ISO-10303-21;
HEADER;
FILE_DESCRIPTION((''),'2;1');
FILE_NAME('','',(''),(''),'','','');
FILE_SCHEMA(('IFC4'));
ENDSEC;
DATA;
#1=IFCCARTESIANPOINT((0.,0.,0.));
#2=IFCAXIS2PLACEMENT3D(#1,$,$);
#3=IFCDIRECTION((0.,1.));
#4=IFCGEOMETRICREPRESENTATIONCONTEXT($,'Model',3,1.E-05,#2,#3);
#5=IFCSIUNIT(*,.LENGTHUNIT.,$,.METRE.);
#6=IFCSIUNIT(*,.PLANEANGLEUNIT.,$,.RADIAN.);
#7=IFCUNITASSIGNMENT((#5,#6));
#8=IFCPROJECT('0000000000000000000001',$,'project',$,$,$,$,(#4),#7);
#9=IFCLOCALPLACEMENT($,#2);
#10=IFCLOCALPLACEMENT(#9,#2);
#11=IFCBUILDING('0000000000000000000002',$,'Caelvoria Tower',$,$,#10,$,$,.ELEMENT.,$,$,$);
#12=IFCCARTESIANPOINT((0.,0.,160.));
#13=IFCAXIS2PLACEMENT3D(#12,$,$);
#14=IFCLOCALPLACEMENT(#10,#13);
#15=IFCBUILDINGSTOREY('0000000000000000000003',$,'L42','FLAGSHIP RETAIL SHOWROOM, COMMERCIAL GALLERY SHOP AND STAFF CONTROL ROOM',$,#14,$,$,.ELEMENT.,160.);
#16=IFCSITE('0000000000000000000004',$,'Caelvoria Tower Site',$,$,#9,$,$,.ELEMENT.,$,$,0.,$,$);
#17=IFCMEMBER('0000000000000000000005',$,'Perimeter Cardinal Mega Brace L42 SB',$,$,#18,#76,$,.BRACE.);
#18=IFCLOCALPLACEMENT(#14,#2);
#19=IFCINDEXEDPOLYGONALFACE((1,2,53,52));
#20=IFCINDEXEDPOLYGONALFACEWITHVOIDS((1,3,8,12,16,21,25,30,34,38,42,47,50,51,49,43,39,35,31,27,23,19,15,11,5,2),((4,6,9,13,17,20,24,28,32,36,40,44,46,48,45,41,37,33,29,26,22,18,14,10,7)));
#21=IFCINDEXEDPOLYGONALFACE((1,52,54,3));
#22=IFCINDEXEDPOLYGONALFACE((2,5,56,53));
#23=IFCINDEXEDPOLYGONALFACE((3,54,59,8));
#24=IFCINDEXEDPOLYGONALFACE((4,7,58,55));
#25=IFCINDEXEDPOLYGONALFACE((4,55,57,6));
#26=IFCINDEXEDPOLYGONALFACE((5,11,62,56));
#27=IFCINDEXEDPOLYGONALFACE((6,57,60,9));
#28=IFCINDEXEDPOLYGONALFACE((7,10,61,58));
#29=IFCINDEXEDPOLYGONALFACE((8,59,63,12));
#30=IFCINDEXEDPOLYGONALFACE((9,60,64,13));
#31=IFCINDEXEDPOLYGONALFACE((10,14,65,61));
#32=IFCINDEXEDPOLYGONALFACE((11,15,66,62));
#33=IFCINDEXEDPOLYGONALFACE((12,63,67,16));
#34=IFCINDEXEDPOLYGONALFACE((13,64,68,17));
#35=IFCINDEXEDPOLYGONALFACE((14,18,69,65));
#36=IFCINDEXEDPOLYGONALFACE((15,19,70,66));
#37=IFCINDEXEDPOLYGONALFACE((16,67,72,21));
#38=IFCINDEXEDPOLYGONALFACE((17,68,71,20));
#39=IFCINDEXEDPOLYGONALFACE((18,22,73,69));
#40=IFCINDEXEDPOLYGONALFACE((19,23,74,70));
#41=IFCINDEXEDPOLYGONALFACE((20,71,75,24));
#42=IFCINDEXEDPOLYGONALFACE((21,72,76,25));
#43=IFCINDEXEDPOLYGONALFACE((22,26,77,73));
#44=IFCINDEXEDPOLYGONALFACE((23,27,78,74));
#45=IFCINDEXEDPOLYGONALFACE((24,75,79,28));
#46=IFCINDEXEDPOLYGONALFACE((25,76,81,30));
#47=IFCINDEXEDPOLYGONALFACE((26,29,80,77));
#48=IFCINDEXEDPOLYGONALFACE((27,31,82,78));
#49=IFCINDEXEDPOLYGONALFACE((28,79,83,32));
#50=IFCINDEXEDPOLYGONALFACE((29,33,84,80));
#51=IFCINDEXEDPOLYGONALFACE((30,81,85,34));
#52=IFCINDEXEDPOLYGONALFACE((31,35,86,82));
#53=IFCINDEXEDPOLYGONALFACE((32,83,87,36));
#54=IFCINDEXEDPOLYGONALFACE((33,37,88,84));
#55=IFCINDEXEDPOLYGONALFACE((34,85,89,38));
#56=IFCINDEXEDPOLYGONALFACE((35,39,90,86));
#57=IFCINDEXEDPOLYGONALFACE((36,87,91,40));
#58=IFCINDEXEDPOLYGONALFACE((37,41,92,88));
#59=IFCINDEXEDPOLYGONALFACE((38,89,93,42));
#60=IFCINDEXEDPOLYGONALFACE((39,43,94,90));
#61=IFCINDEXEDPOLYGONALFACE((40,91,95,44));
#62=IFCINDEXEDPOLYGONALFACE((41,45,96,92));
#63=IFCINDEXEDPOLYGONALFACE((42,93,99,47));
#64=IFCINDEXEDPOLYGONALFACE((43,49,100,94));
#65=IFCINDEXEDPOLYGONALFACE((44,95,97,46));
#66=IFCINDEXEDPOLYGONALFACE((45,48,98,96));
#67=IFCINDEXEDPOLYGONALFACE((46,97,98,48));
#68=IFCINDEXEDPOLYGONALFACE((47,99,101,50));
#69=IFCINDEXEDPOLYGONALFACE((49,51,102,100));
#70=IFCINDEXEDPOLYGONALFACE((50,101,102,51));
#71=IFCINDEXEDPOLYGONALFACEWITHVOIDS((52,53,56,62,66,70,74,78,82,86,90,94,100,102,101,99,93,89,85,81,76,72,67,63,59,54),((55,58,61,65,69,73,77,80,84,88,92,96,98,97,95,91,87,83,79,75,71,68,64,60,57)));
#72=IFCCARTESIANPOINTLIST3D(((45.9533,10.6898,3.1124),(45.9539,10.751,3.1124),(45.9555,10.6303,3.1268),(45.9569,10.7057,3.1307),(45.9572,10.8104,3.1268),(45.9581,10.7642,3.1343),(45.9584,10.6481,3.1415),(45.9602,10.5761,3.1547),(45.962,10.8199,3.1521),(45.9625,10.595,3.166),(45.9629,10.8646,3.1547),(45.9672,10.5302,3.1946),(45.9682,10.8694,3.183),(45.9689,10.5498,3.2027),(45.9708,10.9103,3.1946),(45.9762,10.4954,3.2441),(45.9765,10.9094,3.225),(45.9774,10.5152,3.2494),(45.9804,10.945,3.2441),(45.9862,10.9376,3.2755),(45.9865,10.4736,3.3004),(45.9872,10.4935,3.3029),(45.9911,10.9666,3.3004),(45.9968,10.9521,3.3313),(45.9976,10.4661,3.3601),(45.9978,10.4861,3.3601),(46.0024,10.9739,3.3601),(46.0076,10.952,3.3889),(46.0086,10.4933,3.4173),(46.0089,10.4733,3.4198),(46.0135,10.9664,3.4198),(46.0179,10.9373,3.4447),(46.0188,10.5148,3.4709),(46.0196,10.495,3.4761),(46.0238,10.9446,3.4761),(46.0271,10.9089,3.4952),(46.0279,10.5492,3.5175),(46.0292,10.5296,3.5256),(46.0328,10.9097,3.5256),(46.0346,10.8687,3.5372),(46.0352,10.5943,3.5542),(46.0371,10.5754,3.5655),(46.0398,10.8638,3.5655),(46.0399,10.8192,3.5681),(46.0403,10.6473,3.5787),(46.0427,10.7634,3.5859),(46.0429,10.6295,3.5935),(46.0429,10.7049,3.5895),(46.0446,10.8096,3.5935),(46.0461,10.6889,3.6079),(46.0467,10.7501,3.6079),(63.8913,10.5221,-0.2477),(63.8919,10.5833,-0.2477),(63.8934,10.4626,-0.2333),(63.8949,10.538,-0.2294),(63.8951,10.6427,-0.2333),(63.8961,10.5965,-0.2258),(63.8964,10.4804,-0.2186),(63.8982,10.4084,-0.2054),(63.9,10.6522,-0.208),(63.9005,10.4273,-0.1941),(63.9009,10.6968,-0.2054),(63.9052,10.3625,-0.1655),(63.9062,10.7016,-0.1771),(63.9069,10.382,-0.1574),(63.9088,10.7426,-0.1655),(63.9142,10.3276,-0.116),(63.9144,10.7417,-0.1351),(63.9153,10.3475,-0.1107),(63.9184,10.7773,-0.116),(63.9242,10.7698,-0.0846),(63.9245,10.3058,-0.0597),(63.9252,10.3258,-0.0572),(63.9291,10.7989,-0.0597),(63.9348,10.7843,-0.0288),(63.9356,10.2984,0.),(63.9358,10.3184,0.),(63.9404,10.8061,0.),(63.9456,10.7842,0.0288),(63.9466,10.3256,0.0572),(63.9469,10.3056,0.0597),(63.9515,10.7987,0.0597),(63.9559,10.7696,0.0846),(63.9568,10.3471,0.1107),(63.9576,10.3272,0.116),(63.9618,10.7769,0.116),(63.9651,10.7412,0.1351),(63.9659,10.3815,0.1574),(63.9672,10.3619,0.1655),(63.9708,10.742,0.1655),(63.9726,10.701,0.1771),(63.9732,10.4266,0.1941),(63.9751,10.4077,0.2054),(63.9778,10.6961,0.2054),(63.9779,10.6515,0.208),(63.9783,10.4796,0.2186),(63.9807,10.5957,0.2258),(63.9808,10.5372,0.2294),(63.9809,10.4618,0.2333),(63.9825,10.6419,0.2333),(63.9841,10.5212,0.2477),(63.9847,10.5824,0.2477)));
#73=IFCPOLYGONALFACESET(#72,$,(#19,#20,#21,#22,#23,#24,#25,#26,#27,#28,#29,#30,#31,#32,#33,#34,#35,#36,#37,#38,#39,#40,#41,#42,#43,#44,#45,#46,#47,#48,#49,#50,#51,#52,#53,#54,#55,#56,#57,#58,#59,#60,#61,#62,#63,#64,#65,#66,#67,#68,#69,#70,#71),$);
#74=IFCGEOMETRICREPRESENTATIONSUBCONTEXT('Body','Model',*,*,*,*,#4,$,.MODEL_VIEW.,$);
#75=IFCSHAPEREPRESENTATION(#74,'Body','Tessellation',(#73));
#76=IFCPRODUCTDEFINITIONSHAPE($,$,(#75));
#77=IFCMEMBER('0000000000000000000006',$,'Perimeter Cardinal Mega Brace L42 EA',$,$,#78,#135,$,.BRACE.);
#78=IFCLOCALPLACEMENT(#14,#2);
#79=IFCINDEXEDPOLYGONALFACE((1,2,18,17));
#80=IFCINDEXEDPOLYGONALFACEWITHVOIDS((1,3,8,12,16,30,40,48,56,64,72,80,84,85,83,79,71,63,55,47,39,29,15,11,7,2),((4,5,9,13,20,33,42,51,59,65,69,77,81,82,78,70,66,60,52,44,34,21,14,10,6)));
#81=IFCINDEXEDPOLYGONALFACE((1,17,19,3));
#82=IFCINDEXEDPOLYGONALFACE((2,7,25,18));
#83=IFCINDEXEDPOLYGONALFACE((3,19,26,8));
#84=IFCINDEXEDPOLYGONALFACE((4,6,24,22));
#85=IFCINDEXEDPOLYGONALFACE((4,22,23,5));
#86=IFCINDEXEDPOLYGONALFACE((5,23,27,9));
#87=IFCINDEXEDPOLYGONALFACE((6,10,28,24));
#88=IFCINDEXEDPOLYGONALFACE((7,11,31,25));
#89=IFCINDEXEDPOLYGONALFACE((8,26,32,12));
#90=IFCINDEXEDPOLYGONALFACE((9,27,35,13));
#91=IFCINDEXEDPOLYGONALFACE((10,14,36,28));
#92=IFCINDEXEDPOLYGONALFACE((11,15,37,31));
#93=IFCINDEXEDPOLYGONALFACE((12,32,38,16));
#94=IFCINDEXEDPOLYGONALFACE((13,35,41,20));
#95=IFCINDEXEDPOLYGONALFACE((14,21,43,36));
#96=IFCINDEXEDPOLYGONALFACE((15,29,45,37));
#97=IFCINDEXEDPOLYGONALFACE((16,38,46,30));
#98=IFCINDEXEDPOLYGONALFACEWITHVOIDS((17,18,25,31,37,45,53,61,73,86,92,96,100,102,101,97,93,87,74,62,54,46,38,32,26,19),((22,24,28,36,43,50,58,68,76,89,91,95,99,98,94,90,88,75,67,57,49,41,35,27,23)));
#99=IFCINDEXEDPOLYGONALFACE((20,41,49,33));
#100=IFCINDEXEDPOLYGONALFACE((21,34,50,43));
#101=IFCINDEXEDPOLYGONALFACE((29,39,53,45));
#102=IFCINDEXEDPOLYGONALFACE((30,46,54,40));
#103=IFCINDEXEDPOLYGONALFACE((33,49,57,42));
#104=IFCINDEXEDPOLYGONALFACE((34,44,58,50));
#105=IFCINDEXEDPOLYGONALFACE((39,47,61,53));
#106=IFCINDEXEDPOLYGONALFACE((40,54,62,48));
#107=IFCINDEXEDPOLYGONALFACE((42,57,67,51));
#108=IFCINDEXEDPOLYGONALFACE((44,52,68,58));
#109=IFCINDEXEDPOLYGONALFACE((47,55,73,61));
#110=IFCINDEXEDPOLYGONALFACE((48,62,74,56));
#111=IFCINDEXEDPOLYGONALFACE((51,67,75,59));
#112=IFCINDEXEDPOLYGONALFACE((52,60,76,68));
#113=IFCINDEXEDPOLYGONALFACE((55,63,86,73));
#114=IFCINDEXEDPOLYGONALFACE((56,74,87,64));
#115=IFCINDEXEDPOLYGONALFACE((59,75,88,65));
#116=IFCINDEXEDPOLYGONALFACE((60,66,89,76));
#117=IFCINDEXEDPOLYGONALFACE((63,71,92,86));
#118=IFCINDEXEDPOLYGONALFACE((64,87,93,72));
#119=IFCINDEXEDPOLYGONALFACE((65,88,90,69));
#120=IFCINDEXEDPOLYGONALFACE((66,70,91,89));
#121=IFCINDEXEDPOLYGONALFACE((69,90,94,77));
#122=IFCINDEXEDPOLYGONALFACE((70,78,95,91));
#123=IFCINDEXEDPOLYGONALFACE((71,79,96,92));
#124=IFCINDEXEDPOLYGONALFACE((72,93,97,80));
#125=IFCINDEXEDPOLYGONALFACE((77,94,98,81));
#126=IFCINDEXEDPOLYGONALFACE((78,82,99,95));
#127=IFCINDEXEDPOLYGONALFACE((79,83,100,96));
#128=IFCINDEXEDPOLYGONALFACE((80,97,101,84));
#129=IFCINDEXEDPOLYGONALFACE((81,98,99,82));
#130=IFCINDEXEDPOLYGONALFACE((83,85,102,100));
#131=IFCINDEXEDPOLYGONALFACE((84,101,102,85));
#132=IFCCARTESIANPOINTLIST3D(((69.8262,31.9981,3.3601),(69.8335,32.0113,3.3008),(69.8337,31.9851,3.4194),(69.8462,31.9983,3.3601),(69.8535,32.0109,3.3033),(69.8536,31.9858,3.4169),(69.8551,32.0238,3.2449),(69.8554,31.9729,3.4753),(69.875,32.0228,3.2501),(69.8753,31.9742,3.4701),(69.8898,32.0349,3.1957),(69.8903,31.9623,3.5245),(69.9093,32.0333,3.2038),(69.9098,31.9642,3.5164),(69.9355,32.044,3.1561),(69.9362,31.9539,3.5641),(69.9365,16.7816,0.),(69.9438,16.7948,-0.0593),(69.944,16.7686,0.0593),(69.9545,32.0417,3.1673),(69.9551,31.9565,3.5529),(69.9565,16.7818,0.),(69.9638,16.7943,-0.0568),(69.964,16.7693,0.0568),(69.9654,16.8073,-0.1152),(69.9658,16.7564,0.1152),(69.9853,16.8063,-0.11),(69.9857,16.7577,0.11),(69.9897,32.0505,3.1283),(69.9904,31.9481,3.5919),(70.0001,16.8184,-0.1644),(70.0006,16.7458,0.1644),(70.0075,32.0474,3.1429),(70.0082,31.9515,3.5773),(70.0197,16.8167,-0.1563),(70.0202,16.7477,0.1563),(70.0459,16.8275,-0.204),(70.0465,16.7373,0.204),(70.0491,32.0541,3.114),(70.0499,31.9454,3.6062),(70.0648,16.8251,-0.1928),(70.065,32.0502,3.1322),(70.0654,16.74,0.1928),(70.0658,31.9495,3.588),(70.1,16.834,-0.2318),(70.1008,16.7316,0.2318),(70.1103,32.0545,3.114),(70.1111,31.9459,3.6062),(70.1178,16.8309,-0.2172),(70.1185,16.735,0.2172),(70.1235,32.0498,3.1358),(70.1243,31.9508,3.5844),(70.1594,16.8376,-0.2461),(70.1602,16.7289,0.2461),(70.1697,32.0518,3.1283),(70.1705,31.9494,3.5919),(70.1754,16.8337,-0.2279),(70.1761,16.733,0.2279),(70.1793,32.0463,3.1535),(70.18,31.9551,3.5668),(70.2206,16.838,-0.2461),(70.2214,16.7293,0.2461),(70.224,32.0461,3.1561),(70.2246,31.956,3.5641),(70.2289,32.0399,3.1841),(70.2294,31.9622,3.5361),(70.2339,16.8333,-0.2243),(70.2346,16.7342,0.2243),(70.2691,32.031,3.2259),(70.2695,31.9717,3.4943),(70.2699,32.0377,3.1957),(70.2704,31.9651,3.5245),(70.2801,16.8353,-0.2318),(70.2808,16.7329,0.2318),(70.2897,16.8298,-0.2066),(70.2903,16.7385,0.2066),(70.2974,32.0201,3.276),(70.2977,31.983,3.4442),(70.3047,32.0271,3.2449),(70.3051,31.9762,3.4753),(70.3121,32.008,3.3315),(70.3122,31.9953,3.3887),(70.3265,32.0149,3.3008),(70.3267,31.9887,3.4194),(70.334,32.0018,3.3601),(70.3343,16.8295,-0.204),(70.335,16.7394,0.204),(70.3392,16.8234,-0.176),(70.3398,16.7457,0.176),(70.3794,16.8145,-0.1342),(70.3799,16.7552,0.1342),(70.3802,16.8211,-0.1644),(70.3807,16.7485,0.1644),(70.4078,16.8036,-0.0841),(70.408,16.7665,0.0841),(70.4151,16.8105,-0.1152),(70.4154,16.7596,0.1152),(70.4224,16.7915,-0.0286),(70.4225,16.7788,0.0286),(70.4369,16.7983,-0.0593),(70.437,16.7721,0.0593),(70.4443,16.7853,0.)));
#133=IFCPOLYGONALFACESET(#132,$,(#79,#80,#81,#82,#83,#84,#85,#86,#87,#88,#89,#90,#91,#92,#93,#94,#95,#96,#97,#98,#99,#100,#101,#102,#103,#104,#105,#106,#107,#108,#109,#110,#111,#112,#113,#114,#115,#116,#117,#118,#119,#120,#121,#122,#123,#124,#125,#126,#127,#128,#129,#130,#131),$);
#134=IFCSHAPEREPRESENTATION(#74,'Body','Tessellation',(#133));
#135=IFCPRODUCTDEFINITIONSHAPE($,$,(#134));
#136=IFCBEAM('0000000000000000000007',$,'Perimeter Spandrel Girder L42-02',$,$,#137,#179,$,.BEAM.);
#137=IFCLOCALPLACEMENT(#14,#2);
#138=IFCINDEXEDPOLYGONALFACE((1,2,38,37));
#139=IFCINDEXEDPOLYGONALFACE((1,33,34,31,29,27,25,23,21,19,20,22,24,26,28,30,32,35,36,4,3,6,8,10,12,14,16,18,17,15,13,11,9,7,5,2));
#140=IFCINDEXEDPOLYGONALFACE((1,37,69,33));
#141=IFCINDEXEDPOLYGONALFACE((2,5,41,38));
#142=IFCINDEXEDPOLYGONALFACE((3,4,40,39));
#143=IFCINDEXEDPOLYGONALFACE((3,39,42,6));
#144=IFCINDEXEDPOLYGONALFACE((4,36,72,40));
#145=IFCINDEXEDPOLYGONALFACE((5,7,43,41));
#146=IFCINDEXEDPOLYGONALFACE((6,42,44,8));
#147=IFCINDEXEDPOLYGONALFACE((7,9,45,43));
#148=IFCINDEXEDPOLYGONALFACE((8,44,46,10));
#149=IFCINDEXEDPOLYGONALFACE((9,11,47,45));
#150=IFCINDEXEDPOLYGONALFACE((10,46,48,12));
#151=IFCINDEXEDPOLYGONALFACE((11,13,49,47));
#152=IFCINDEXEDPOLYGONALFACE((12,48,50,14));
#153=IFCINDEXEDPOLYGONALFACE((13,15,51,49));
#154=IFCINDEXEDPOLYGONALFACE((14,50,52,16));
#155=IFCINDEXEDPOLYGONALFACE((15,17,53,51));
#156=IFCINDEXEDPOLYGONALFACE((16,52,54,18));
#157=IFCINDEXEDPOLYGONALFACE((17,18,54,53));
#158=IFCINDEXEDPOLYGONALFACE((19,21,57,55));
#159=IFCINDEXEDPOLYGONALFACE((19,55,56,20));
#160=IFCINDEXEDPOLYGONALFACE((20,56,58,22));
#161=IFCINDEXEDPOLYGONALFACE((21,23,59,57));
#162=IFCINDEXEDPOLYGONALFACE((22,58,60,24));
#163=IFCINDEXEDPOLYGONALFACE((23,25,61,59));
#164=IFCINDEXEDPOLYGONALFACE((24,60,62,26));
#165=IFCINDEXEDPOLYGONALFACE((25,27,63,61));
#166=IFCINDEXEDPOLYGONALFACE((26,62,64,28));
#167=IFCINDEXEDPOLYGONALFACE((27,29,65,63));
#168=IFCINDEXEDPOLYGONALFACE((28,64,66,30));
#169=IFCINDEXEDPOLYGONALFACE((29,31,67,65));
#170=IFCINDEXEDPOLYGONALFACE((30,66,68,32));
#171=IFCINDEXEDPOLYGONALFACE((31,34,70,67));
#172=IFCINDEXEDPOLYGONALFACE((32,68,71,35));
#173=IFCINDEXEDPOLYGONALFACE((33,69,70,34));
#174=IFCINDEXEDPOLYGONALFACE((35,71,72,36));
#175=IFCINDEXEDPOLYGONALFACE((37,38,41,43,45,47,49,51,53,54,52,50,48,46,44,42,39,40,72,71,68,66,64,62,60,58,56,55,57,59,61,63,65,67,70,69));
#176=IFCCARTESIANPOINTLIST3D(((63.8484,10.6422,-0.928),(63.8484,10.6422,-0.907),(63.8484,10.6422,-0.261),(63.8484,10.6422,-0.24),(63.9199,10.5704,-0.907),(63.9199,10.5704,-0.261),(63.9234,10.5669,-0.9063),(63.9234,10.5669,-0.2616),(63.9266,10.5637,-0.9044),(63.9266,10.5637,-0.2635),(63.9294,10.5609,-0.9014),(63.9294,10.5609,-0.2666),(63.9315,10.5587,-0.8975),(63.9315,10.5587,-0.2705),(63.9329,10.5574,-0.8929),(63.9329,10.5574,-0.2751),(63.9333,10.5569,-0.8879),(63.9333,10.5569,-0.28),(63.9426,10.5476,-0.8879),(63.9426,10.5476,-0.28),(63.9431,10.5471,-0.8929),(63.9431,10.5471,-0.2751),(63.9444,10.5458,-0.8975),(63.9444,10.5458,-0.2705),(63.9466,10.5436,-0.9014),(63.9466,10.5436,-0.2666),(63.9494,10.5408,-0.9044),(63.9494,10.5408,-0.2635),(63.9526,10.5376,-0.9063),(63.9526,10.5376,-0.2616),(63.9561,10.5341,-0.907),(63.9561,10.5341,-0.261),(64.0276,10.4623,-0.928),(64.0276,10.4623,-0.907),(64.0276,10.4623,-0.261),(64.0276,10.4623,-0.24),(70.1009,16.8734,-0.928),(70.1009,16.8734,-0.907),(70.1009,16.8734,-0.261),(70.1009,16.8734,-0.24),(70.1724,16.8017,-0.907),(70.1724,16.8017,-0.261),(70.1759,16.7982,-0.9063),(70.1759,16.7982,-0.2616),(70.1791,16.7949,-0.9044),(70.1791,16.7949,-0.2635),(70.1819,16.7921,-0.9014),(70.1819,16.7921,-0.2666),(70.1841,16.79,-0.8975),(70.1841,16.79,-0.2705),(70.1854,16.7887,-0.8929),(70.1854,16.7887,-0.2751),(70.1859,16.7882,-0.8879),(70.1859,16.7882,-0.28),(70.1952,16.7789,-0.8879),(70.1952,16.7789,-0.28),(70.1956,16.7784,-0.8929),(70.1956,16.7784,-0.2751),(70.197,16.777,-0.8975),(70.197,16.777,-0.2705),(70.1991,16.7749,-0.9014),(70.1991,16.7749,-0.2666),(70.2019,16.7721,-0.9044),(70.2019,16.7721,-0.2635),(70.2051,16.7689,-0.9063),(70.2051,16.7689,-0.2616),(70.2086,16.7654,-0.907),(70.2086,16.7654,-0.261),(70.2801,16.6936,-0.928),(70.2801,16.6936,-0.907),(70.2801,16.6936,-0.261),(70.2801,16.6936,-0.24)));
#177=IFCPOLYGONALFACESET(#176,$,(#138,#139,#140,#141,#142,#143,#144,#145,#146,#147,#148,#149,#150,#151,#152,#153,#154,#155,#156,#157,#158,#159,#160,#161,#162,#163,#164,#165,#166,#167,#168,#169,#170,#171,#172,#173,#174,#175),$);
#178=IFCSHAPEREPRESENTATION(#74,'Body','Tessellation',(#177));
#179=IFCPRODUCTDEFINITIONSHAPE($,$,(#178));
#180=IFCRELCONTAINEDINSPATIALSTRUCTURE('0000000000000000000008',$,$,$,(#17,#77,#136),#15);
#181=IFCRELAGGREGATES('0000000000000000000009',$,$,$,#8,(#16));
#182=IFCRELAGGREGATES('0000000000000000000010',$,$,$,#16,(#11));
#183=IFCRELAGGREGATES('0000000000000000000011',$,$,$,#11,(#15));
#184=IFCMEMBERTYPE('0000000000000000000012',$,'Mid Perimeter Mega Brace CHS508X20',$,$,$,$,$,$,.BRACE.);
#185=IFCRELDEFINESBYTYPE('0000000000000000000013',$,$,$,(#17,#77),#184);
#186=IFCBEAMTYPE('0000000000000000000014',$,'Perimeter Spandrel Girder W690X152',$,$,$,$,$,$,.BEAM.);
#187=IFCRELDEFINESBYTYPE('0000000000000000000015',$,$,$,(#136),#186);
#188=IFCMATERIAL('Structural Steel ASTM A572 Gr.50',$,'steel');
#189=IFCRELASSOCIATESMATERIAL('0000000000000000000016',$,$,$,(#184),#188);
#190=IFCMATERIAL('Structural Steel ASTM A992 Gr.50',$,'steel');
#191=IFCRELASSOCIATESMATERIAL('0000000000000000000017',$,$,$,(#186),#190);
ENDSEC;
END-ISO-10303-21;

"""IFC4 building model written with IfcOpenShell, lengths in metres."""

from ifc_helpers import new_model, si_unit, direction, frame, origin, origin_2d, place, context, subcontext, project, spatial, hollow_circle, i_section, extrude, material, material_profile, profile_set, type_object, element, save


model = new_model("IFC4")

# Units and contexts
model_context = context("Model", 3, precision=1e-05, world=origin(), true_north=direction((0.0, 1.0)))
body_context = subcontext(model_context, "Body", "Model", "MODEL_VIEW")
ifc_project = project(units=[si_unit("LENGTHUNIT", "METRE"), si_unit("PLANEANGLEUNIT", "RADIAN")], contexts=[model_context])

# Site, building, storey
site_placement = place(None, origin())
site = spatial("IfcSite", under=ifc_project, at=site_placement, Name="Caelvoria Tower Site", CompositionType="ELEMENT", RefElevation=0.0)
building_placement = place(site_placement, origin())
building = spatial("IfcBuilding", under=site, at=building_placement, Name="Caelvoria Tower", CompositionType="ELEMENT")
storey_placement = place(building_placement, frame((0.0, 0.0, 160.0)))
storey = spatial("IfcBuildingStorey", under=building, at=storey_placement, Name="L42", Description="FLAGSHIP RETAIL SHOWROOM, COMMERCIAL GALLERY SHOP AND STAFF CONTROL ROOM", CompositionType="ELEMENT", Elevation=160.0)

# Shared definitions
ifc_material_1 = material(Name="Structural Steel ASTM A572 Gr.50", Category="steel")
ifc_material_2 = material(Name="Structural Steel ASTM A992 Gr.50", Category="steel")

# Members
ifc_material_profile_1 = material_profile(ifc_material_1, hollow_circle(Radius=0.2539, WallThickness=0.02, at=origin_2d()), Name="Structural Steel ASTM A572 Gr.50")
ifc_profile_set_1 = profile_set([ifc_material_profile_1], Name="CHS508X20 - Structural Steel ASTM A572 Gr.50")
member_type = type_object("IfcMemberType", Name="Mid Perimeter Mega Brace CHS508X20", PredefinedType="BRACE", material=ifc_profile_set_1)
member_1_placement = place(storey_placement, frame((63.938, 10.5522, 0.0), z_axis=(-0.982863, 0.00919, 0.184108), x_axis=(-0.00935, -0.999956, 0.0)))
element("IfcMember", 1, at=member_1_placement, inside=storey, type_object=member_type, Name="Perimeter Cardinal Mega Brace L42 SB", PredefinedType="BRACE", context=body_context, shape_type="SweptSolid", body=[
    extrude(hollow_circle(Radius=0.2539, WallThickness=0.02, at=origin_2d()), origin(), (0.0, 0.0, 1.0), 18.2507),
])
member_2_placement = place(storey_placement, frame((70.1904, 16.7834, 0.0), z_axis=(-0.007081, 0.976452, 0.215619), x_axis=(-0.999974, -0.007252, 0.0)))
element("IfcMember", 2, at=member_2_placement, inside=storey, type_object=member_type, Name="Perimeter Cardinal Mega Brace L42 EA", PredefinedType="BRACE", context=body_context, shape_type="SweptSolid", body=[
    extrude(hollow_circle(Radius=0.2539, WallThickness=0.02, at=origin_2d()), origin(), (0.0, 0.0, 1.0), 15.5835),
])

# Beam
ifc_material_profile_2 = material_profile(ifc_material_2, i_section(OverallWidth=0.2539, OverallDepth=0.688, WebThickness=0.0132, FlangeThickness=0.021, FilletRadius=0.019, at=origin_2d()), Name="Structural Steel ASTM A992 Gr.50")
ifc_profile_set_2 = profile_set([ifc_material_profile_2], Name="W690X152 - Structural Steel ASTM A992 Gr.50")
beam_type = type_object("IfcBeamType", Name="Perimeter Spandrel Girder W690X152", PredefinedType="BEAM", material=ifc_profile_set_2)
beam_placement = place(storey_placement, frame((63.938, 10.5522, -0.584), z_axis=(0.708309, 0.705903, 0.0), x_axis=(-0.705903, 0.708309, 0.0)))
element("IfcBeam", 3, at=beam_placement, inside=storey, type_object=beam_type, Name="Perimeter Spandrel Girder L42-02", PredefinedType="BEAM", context=body_context, shape_type="SweptSolid", body=[
    extrude(i_section(OverallWidth=0.2539, OverallDepth=0.688, WebThickness=0.0132, FlangeThickness=0.021, FilletRadius=0.019, at=origin_2d()), origin(), (0.0, 0.0, 1.0), 8.8274),
])

save(model, "model.ifc")
